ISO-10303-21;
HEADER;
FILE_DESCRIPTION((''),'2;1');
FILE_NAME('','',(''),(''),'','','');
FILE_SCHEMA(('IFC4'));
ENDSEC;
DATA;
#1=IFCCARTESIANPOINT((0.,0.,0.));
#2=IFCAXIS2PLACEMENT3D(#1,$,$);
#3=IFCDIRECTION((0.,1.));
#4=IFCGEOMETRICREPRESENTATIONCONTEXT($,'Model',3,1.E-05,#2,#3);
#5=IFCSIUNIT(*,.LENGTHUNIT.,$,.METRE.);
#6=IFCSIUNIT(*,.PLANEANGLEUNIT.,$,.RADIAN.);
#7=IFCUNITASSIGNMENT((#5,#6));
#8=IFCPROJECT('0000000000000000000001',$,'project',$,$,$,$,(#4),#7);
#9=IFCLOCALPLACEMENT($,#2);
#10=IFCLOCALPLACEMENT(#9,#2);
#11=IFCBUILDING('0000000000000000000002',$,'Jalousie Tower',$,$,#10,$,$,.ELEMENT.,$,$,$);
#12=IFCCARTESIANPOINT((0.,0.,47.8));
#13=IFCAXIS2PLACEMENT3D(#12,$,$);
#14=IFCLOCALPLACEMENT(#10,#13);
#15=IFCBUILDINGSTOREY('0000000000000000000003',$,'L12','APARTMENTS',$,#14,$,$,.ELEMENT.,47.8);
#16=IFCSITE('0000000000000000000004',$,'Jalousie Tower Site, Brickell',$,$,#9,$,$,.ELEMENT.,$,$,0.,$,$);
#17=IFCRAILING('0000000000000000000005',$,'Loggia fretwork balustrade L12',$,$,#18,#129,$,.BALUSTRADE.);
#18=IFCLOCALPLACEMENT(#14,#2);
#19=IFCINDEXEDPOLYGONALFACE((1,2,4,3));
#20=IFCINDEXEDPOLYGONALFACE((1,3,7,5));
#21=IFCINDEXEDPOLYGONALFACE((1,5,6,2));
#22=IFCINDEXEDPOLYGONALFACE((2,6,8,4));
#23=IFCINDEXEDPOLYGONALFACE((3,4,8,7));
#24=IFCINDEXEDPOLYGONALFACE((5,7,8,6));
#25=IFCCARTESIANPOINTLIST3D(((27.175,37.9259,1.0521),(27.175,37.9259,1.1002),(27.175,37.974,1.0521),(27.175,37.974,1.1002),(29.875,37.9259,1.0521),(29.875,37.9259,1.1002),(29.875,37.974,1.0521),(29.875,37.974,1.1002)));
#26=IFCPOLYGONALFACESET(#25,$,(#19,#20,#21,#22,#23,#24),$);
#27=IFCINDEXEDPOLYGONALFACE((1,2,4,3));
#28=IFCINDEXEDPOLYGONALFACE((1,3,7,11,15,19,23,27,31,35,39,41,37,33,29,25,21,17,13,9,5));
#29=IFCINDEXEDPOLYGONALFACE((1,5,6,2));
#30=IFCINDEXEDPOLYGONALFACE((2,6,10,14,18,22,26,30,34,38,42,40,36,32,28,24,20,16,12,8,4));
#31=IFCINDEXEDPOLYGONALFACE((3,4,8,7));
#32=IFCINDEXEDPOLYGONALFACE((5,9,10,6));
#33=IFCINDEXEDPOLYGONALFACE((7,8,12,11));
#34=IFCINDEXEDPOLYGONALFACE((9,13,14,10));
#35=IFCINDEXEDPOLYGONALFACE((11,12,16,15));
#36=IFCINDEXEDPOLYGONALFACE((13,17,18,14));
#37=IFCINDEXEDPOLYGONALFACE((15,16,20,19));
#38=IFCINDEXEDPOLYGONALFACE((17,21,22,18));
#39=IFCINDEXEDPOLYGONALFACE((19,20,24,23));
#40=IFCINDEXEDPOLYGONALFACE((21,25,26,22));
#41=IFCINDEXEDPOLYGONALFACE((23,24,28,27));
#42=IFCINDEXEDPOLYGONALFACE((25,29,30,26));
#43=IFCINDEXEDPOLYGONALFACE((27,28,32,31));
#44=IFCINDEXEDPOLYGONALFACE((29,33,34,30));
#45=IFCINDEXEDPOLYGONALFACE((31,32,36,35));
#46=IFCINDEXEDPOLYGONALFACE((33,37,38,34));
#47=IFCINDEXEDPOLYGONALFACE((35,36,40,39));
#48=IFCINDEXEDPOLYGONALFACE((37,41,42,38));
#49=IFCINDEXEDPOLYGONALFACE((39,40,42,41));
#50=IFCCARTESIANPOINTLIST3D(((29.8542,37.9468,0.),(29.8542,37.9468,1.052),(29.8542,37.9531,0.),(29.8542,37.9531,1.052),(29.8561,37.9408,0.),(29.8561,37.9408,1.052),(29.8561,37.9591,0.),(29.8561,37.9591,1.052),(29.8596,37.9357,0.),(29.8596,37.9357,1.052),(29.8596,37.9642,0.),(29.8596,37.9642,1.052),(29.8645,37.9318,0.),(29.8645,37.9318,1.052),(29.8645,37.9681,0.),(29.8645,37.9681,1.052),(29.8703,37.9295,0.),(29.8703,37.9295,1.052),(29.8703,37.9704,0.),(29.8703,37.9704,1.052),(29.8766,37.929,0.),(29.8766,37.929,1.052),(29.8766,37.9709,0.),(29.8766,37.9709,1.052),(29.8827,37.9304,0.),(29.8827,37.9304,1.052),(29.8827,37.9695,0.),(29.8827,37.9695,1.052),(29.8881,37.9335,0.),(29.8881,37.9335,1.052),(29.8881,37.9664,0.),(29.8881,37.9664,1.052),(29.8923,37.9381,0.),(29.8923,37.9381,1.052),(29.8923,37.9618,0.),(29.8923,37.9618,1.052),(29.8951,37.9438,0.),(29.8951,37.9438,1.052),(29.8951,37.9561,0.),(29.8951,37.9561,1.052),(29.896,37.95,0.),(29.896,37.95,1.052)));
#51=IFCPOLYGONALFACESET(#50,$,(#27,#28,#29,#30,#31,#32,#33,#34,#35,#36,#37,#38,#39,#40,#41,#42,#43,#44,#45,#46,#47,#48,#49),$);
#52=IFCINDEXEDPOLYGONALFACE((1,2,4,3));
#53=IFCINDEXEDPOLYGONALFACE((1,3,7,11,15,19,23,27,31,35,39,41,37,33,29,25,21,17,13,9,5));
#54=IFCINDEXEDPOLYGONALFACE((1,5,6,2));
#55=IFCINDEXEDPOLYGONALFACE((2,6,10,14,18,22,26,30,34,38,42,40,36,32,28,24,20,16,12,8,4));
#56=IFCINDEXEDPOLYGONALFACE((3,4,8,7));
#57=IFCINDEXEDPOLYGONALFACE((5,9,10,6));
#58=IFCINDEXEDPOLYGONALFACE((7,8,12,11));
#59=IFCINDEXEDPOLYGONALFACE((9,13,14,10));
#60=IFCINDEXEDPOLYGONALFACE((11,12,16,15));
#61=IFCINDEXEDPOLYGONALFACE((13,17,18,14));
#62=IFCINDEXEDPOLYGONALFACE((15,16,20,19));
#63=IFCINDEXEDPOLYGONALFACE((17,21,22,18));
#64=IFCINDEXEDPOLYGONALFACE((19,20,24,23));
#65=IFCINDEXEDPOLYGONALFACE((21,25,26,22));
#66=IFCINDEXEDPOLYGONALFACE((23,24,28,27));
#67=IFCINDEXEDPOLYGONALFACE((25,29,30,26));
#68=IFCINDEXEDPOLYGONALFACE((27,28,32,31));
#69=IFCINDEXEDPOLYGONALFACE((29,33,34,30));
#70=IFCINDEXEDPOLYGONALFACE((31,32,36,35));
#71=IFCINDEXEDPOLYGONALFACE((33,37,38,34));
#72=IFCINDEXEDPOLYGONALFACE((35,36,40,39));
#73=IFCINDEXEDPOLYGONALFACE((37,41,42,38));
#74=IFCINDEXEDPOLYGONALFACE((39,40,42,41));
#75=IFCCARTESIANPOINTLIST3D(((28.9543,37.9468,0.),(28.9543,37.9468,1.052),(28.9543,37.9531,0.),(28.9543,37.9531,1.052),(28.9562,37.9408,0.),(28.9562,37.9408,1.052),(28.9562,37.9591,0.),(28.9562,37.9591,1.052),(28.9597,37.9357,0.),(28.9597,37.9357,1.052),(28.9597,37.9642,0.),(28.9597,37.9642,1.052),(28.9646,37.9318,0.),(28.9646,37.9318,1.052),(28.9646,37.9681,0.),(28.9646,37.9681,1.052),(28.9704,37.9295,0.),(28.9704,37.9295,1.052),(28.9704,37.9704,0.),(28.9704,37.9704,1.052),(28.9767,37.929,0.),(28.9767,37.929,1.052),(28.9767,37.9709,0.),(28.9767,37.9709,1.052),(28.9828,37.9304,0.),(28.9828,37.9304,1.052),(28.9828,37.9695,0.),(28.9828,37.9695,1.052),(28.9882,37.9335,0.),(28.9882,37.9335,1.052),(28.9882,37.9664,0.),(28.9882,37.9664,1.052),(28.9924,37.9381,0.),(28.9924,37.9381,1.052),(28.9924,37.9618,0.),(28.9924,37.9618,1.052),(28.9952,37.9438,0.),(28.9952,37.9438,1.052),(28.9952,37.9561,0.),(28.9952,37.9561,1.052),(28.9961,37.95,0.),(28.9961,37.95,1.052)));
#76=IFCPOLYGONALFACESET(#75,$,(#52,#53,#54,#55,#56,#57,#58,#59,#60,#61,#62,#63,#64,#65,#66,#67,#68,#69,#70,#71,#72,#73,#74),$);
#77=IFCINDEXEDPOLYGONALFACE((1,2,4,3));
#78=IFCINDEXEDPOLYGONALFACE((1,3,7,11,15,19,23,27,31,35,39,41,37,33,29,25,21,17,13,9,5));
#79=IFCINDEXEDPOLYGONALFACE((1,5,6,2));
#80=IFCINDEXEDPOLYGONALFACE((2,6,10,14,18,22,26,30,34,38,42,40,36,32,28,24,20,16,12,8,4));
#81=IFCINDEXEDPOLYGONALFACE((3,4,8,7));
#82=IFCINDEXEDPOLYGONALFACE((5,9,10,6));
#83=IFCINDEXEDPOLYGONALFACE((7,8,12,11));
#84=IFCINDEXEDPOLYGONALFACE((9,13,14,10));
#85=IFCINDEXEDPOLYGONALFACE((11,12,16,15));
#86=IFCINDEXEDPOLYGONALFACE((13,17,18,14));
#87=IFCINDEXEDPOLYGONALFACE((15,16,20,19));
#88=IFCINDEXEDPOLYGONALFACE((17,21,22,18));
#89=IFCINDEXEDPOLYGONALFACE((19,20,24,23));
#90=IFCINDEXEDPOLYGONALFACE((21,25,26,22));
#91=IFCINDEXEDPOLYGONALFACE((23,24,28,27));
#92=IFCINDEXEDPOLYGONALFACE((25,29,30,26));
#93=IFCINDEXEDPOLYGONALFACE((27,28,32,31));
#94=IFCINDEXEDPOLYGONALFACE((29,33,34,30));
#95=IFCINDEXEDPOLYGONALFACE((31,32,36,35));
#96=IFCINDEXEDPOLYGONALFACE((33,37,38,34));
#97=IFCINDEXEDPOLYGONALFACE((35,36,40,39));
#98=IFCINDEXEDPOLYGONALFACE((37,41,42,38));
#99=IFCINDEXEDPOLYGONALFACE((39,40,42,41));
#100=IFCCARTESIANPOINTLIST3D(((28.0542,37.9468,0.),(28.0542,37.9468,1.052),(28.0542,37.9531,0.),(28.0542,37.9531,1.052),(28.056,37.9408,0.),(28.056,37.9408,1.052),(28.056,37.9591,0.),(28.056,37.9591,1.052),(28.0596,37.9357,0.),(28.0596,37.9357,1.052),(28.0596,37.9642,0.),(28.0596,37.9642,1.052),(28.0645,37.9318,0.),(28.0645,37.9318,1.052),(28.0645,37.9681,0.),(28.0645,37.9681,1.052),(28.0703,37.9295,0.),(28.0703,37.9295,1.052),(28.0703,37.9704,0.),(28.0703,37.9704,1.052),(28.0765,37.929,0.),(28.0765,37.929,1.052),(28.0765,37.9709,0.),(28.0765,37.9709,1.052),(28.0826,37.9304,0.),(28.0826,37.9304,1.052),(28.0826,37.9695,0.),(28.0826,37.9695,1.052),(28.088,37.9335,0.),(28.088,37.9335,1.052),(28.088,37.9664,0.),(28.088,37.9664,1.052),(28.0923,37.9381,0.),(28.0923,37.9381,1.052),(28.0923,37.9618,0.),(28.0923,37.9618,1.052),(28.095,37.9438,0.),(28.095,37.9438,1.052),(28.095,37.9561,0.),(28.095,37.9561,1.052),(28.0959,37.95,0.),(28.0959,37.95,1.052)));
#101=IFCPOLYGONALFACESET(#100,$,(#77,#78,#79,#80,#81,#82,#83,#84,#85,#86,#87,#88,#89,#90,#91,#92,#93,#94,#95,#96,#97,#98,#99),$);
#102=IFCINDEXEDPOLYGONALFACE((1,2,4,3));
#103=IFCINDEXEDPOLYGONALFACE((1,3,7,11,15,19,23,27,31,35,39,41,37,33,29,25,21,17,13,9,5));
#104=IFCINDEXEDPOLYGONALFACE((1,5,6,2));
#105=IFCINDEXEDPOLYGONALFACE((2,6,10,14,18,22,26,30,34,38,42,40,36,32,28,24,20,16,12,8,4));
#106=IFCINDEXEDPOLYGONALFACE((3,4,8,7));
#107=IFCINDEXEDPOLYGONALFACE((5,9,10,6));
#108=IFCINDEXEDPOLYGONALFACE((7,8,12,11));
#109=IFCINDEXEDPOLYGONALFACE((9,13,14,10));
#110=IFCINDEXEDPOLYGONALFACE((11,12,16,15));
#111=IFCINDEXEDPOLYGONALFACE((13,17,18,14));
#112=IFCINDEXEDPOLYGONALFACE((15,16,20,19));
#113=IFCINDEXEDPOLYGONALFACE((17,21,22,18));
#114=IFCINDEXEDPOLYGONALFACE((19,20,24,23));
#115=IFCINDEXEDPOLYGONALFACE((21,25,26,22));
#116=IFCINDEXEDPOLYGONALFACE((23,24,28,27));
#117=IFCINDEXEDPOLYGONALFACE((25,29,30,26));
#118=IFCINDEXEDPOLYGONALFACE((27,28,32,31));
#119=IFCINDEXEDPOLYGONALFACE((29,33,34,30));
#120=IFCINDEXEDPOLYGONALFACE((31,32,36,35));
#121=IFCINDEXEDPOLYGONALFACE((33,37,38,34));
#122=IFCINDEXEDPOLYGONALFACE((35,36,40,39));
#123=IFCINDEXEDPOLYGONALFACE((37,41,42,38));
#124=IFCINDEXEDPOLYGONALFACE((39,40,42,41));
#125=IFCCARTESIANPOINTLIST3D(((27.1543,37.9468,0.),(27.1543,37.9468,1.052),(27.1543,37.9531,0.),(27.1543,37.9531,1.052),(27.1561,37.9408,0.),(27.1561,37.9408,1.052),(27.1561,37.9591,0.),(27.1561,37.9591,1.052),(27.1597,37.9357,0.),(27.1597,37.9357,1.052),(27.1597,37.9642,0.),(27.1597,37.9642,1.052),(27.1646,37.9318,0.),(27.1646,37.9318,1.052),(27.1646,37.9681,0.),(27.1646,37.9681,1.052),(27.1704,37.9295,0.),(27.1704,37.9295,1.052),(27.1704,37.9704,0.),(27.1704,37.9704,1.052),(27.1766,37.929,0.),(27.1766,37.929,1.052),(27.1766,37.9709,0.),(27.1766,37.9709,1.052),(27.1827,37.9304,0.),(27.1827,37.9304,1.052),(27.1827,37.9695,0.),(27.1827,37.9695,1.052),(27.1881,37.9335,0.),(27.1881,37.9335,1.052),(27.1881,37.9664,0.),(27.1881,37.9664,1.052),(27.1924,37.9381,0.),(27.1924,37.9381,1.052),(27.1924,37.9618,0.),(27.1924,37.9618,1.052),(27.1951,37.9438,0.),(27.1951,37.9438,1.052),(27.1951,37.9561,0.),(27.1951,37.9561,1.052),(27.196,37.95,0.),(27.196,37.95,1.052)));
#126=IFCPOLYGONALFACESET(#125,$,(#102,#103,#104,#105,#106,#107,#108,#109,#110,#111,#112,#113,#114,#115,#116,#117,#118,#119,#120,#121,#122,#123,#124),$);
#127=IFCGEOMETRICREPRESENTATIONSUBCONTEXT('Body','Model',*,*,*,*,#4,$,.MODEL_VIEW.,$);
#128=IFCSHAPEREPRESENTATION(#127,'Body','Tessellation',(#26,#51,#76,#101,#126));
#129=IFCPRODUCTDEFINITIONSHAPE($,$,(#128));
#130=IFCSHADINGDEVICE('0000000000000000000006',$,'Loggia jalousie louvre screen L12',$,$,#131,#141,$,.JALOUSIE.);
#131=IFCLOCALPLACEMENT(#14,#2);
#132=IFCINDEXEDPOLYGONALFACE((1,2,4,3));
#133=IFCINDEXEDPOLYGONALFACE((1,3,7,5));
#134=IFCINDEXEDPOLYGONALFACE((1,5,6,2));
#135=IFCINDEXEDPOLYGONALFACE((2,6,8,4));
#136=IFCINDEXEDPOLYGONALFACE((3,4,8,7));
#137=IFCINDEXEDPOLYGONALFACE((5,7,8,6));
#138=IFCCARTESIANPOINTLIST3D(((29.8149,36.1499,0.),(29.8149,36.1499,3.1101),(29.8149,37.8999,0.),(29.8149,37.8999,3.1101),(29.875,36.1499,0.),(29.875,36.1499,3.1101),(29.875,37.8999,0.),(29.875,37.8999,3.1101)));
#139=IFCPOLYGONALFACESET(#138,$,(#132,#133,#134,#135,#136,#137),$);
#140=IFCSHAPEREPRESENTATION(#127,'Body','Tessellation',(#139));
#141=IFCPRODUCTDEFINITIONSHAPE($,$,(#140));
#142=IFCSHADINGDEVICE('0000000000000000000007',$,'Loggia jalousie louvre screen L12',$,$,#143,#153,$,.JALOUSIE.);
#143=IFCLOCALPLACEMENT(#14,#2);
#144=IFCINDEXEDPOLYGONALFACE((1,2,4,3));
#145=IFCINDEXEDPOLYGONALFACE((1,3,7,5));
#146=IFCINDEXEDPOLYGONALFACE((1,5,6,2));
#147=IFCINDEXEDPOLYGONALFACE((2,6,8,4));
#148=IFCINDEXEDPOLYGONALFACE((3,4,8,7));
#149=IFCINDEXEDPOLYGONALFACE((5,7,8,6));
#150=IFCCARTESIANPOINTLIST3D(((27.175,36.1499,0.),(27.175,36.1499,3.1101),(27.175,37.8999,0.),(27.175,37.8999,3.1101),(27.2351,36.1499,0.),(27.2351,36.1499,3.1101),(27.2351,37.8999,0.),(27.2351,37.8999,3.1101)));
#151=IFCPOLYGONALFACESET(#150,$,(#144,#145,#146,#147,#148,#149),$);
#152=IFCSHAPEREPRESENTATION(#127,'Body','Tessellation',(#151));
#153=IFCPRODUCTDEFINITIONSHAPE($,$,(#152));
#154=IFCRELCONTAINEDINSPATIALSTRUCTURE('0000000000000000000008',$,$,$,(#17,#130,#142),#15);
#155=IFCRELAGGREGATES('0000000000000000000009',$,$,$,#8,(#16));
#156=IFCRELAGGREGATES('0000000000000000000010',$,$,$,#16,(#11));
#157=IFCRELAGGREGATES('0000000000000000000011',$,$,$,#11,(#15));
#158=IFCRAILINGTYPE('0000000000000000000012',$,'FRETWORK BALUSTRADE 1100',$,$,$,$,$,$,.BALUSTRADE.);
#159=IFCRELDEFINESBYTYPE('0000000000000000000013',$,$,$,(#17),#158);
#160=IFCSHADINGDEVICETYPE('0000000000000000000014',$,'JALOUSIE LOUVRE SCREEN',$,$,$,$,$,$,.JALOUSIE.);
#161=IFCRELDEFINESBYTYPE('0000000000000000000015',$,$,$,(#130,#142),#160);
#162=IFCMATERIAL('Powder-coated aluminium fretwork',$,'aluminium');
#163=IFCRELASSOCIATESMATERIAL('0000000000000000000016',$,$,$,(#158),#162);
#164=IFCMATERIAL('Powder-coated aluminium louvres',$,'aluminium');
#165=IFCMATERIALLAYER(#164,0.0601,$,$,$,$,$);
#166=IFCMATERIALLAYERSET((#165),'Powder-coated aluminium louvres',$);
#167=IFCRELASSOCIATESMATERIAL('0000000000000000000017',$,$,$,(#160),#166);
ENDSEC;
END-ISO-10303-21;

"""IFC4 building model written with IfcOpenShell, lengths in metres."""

from ifc_helpers import new_model, si_unit, direction, frame, origin, origin_2d, place, context, subcontext, project, spatial, rectangle, circle, extrude, material, layer, layer_set, type_object, element, save


model = new_model("IFC4")

# Units and contexts
model_context = context("Model", 3, precision=1e-05, world=origin(), true_north=direction((0.0, 1.0)))
body_context = subcontext(model_context, "Body", "Model", "MODEL_VIEW")
ifc_project = project(units=[si_unit("LENGTHUNIT", "METRE"), si_unit("PLANEANGLEUNIT", "RADIAN")], contexts=[model_context])

# Site, building, storey
site_placement = place(None, origin())
site = spatial("IfcSite", under=ifc_project, at=site_placement, Name="Jalousie Tower Site, Brickell", CompositionType="ELEMENT", RefElevation=0.0)
building_placement = place(site_placement, origin())
building = spatial("IfcBuilding", under=site, at=building_placement, Name="Jalousie Tower", CompositionType="ELEMENT")
storey_placement = place(building_placement, frame((0.0, 0.0, 47.8)))
storey = spatial("IfcBuildingStorey", under=building, at=storey_placement, Name="L12", Description="APARTMENTS", CompositionType="ELEMENT", Elevation=47.8)

# Railing
ifc_material_1 = material(Name="Powder-coated aluminium fretwork", Category="aluminium")
railing_type = type_object("IfcRailingType", Name="FRETWORK BALUSTRADE 1100", PredefinedType="BALUSTRADE", material=ifc_material_1)
railing_placement = place(storey_placement, frame((29.875, 37.95, 0.0)))
element("IfcRailing", 1, at=railing_placement, inside=storey, type_object=railing_type, Name="Loggia fretwork balustrade L12", PredefinedType="BALUSTRADE", context=body_context, shape_type="SweptSolid", body=[
    extrude(rectangle(XDim=0.0481, YDim=0.0481, at=origin_2d()), frame((0.0, 0.0, 1.0762), z_axis=(-1.0, 0.0, 0.0), x_axis=(0.0, -1.0, 0.0)), (0.0, 0.0, 1.0), 2.7),
    extrude(circle(Radius=0.021, at=origin_2d()), origin(), (0.0, 0.0, 1.0), 1.052),
    extrude(circle(Radius=0.021, at=origin_2d()), frame((-0.8999, 0.0, 0.0)), (0.0, 0.0, 1.0), 1.052),
    extrude(circle(Radius=0.021, at=origin_2d()), frame((-1.8, 0.0, 0.0)), (0.0, 0.0, 1.0), 1.052),
    extrude(circle(Radius=0.021, at=origin_2d()), frame((-2.7, 0.0, 0.0)), (0.0, 0.0, 1.0), 1.052),
])

# Shading devices
ifc_material_2 = material(Name="Powder-coated aluminium louvres", Category="aluminium")
ifc_layer_1 = layer(ifc_material_2, 0.0601)
ifc_layer_set_1 = layer_set([ifc_layer_1], Name="Powder-coated aluminium louvres")
shading_device_type_1 = type_object("IfcShadingDeviceType", Name="JALOUSIE LOUVRE SCREEN", PredefinedType="JALOUSIE", material=ifc_layer_set_1)
for number, where, z_axis, x_axis, name in (
    (2, (29.845, 37.0249, 0.0), (0.0, 0.0, 1.0), (-1.0, 0.0, 0.0), "Loggia jalousie louvre screen L12"),
    (3, (27.2051, 37.0249, 0.0), (0.0, 0.0, 1.0), (-1.0, 0.0, 0.0), "Loggia jalousie louvre screen L12"),
):
    element("IfcShadingDevice", number, at=place(storey_placement, frame(where, z_axis=z_axis, x_axis=x_axis)), inside=storey, type_object=shading_device_type_1, Name=name, PredefinedType="JALOUSIE", context=body_context, shape_type="SweptSolid", body=[
        extrude(rectangle(XDim=0.0601, YDim=1.75, at=origin_2d()), origin(), (0.0, 0.0, 1.0), 3.1101),
    ])

save(model, "model.ifc")
